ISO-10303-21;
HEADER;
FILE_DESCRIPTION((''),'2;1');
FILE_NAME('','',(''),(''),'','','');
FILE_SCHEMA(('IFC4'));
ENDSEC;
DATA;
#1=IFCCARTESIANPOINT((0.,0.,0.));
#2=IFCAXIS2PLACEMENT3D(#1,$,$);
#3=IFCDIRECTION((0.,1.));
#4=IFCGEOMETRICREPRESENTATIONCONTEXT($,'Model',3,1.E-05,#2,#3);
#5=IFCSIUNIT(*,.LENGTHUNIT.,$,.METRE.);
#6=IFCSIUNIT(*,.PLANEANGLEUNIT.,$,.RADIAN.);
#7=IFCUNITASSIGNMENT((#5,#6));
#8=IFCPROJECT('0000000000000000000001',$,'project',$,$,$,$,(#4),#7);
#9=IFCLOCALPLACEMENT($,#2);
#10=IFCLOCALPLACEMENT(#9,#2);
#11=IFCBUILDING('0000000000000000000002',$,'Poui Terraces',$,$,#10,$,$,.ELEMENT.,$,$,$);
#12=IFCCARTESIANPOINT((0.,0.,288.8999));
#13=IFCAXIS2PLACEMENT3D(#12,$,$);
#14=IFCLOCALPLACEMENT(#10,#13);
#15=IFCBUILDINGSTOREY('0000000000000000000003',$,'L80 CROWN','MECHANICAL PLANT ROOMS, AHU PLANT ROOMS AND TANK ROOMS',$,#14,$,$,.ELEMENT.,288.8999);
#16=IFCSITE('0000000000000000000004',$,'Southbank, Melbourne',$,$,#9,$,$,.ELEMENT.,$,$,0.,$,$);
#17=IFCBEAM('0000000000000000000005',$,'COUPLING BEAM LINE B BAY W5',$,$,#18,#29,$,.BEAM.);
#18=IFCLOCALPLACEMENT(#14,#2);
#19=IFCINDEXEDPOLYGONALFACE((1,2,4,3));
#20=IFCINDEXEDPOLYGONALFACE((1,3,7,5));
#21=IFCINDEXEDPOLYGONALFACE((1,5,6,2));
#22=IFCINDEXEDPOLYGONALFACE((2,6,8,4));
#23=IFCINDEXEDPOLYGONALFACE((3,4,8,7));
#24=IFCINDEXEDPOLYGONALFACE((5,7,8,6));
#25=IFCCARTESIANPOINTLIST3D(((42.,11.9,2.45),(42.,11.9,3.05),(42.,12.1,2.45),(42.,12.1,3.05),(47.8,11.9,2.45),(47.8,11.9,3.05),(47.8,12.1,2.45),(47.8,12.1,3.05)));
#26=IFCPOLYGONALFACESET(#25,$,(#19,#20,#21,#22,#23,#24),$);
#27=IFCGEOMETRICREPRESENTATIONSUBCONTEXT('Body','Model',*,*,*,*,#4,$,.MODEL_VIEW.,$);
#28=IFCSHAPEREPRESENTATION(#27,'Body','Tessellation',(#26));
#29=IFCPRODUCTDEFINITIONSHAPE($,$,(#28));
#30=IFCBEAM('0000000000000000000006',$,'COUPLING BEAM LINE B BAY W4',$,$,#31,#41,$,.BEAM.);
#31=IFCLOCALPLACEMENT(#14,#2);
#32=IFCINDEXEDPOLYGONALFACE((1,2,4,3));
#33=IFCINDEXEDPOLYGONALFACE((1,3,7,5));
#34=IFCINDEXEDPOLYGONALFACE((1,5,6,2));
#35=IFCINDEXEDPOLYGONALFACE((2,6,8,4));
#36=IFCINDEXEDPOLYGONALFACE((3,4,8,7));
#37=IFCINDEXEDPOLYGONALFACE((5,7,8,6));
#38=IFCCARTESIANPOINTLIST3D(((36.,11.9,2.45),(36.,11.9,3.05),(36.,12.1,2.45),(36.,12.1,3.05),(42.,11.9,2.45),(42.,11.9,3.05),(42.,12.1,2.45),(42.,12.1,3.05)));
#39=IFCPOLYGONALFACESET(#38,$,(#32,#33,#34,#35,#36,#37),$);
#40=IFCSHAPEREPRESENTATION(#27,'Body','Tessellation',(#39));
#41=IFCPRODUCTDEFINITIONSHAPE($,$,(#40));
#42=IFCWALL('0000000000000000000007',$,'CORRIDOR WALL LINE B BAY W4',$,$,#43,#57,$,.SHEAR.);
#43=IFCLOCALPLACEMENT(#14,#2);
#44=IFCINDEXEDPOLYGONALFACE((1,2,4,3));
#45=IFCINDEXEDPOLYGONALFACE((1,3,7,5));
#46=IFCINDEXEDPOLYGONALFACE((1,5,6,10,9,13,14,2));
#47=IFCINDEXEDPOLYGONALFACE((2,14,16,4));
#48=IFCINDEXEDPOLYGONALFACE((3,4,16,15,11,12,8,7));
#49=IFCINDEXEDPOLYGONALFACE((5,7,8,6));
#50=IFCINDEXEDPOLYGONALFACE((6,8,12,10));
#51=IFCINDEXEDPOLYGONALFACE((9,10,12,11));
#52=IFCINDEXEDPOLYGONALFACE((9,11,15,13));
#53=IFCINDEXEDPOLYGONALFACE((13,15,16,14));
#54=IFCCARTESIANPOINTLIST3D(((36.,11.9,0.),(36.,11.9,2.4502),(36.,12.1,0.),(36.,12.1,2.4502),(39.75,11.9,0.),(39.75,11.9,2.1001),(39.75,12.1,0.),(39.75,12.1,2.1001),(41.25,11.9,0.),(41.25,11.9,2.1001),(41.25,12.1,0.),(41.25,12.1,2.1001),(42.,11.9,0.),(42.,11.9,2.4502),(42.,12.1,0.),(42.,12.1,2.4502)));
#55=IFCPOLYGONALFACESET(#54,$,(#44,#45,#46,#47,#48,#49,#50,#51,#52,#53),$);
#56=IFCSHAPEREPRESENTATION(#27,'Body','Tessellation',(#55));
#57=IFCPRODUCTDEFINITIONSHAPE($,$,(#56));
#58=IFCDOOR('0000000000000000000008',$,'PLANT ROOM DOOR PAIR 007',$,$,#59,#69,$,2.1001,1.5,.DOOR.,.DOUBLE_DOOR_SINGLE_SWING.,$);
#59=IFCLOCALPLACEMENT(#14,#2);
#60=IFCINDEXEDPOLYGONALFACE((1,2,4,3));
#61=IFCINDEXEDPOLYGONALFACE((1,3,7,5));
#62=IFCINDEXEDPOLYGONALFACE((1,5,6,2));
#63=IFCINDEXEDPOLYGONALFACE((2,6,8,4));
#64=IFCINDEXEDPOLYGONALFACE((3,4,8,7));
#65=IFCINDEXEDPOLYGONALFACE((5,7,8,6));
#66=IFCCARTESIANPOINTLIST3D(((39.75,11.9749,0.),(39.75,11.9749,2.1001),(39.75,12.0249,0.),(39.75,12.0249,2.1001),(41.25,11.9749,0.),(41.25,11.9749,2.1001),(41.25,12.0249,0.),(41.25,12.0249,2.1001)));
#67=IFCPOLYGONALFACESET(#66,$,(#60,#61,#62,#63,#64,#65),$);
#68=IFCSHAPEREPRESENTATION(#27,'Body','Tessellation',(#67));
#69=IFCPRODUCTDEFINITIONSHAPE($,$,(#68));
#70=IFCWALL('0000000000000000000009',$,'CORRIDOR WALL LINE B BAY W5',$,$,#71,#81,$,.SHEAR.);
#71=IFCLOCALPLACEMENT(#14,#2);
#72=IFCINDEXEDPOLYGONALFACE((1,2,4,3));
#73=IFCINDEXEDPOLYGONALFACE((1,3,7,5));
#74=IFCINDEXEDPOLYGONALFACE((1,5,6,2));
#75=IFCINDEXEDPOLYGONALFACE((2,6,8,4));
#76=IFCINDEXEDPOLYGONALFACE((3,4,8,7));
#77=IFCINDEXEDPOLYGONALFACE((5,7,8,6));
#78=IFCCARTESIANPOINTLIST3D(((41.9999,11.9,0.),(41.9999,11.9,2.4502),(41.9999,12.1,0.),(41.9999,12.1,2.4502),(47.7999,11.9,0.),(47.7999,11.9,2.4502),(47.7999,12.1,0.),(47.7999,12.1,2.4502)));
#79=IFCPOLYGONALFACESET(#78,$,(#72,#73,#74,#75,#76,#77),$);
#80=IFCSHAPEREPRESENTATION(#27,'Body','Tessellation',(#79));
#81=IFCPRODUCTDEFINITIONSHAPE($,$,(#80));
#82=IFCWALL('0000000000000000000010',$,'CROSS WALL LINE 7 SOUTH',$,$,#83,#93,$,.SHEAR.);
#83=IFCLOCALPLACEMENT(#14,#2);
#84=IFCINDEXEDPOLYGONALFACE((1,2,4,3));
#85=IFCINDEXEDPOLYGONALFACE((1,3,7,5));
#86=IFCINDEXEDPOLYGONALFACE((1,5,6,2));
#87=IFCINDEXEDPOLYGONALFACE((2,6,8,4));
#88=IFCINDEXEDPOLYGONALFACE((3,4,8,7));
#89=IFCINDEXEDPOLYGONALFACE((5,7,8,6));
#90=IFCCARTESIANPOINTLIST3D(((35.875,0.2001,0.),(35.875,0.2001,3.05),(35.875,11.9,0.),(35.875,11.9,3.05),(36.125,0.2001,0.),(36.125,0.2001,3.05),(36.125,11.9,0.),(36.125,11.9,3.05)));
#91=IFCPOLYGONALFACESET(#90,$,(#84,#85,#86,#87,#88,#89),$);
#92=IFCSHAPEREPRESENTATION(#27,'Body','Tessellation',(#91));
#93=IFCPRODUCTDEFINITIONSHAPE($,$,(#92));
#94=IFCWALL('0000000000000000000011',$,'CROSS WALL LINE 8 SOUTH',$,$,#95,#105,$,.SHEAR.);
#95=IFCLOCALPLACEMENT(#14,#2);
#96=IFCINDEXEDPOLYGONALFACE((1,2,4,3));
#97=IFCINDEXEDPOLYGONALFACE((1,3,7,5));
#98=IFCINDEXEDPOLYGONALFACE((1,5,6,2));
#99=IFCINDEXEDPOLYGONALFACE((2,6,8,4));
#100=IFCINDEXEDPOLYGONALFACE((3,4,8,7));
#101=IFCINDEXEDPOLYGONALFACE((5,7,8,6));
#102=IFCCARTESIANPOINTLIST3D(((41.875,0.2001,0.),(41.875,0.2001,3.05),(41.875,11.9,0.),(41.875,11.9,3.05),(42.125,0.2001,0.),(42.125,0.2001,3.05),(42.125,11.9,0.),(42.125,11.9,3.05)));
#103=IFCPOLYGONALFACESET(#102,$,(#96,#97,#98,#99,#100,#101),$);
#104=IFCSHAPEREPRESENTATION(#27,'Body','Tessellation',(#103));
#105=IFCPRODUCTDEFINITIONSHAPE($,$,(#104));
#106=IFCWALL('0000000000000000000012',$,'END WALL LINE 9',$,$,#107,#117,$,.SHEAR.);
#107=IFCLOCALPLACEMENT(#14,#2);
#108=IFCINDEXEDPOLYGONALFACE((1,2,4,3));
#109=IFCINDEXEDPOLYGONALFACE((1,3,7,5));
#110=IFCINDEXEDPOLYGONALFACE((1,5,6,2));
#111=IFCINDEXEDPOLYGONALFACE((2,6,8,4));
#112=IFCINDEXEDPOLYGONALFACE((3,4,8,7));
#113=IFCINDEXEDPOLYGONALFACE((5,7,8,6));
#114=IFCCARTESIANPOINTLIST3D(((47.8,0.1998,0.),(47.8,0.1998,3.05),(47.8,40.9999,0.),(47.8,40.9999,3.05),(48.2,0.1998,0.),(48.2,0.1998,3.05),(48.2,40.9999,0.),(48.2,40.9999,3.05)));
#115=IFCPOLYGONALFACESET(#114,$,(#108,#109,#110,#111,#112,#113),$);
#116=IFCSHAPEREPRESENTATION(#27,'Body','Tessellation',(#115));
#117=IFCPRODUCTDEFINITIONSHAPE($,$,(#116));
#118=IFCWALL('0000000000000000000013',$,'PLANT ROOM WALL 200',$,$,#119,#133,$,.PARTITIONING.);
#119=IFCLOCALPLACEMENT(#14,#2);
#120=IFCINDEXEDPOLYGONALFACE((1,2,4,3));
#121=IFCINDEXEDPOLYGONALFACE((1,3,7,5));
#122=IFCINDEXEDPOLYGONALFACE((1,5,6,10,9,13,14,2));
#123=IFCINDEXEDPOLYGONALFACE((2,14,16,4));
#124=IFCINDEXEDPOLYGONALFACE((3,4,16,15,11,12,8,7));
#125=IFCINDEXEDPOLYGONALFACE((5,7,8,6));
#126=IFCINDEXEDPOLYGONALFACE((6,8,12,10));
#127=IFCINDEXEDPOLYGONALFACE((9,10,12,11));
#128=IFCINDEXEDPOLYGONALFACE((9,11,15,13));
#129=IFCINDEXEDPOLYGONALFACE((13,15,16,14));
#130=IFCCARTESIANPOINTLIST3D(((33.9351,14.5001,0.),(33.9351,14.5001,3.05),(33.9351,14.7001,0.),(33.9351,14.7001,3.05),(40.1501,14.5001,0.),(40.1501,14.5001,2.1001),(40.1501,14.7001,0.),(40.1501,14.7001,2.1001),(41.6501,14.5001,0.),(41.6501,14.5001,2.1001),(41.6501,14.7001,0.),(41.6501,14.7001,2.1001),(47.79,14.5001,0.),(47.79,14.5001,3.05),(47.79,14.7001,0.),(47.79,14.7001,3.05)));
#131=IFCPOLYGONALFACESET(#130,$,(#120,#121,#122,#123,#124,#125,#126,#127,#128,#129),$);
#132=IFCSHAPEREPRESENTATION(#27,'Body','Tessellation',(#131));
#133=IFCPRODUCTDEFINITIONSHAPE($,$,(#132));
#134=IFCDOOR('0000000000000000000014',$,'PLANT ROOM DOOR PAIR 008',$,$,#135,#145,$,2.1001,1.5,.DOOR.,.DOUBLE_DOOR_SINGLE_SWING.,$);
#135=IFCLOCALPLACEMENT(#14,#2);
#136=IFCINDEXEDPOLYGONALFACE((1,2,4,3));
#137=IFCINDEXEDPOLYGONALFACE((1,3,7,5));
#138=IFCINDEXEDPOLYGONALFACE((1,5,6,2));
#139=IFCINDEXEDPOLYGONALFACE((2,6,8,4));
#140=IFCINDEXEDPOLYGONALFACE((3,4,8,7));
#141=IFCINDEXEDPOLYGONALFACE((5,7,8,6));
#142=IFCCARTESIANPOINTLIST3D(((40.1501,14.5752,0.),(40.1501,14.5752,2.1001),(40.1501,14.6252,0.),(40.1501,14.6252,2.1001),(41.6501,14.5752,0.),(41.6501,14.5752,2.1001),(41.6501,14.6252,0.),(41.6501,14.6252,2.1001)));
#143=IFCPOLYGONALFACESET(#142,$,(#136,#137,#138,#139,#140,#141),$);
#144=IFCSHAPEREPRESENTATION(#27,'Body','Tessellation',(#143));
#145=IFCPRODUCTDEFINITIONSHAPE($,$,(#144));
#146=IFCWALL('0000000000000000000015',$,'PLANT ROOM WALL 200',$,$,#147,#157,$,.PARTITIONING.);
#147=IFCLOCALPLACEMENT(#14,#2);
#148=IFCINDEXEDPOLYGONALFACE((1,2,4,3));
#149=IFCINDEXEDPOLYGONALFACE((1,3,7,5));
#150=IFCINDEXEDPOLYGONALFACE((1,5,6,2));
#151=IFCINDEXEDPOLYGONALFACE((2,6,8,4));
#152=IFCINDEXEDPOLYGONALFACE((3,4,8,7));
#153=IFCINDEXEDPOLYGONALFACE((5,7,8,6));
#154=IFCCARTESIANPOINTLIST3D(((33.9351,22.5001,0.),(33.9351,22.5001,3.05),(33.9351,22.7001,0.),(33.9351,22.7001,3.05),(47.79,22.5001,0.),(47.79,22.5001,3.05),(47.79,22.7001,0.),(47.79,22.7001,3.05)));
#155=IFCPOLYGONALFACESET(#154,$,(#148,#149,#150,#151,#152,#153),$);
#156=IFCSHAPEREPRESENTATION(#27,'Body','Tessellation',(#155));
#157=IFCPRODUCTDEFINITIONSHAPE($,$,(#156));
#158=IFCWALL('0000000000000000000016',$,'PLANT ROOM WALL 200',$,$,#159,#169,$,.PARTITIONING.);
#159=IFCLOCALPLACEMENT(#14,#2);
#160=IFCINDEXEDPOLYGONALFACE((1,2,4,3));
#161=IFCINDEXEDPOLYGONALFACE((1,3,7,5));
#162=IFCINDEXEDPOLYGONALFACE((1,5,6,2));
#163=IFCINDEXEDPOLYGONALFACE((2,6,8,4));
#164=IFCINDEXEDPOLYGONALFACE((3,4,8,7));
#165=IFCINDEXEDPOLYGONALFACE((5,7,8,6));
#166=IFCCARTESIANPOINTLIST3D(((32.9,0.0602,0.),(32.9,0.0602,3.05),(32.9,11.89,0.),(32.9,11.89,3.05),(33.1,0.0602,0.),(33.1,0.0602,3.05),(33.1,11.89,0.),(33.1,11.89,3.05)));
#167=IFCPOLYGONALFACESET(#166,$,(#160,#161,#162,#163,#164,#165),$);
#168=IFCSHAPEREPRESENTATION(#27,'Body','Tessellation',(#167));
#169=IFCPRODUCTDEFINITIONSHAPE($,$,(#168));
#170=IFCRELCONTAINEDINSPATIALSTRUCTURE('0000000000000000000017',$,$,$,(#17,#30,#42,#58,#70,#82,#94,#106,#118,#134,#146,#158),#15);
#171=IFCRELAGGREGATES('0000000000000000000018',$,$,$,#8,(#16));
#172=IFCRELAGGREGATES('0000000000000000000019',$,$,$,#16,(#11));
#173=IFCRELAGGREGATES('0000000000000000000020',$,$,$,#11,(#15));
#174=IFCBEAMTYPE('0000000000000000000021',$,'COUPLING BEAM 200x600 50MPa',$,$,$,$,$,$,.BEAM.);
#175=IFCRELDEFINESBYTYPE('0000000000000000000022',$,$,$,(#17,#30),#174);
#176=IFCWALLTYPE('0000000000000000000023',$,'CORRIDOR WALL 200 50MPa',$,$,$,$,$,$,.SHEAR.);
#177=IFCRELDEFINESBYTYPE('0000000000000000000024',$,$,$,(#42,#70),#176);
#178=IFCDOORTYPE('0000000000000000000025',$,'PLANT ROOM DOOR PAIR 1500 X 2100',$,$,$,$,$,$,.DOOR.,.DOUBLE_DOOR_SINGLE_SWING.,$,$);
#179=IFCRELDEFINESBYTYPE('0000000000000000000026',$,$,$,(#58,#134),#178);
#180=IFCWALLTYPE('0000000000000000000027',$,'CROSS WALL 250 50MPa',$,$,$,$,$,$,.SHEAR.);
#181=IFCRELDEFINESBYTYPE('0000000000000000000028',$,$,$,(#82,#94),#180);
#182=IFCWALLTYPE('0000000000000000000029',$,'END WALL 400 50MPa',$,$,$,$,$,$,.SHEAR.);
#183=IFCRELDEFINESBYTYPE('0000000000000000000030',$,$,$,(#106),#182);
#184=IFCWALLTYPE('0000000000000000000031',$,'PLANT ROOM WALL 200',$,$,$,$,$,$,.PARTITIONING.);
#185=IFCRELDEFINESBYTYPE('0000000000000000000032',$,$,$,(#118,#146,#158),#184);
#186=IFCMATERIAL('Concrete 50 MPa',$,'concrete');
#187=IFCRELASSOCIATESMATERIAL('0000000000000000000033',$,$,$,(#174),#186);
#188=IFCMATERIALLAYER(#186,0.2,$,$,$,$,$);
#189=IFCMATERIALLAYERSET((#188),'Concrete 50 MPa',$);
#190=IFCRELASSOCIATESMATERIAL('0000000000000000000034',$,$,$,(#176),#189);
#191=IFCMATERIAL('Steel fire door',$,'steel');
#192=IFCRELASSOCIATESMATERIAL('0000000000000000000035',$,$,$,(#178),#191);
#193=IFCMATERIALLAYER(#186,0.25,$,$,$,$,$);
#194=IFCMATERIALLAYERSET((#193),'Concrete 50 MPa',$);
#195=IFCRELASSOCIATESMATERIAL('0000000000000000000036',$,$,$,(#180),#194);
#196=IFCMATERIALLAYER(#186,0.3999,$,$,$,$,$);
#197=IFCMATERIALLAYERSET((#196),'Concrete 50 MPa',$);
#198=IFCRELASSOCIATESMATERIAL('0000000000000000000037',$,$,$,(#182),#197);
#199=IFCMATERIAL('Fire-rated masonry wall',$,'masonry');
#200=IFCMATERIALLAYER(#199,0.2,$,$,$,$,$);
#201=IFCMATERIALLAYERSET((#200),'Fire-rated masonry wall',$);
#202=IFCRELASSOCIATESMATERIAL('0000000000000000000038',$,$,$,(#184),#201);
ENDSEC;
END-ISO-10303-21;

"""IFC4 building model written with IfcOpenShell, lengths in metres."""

from ifc_helpers import new_model, si_unit, direction, frame, frame_2d, origin, origin_2d, place, context, subcontext, project, spatial, rectangle, extrude, source, transform, mapped, material, layer, layer_set, material_profile, profile_set, type_object, element, fill, save


model = new_model("IFC4")

# Units and contexts
model_context = context("Model", 3, precision=1e-05, world=origin(), true_north=direction((0.0, 1.0)))
body_context = subcontext(model_context, "Body", "Model", "MODEL_VIEW")
ifc_project = project(units=[si_unit("LENGTHUNIT", "METRE"), si_unit("PLANEANGLEUNIT", "RADIAN")], contexts=[model_context])

# Site, building, storey
site_placement = place(None, origin())
site = spatial("IfcSite", under=ifc_project, at=site_placement, Name="Southbank, Melbourne", CompositionType="ELEMENT", RefElevation=0.0)
building_placement = place(site_placement, origin())
building = spatial("IfcBuilding", under=site, at=building_placement, Name="Poui Terraces", CompositionType="ELEMENT")
storey_placement = place(building_placement, frame((0.0, 0.0, 288.8999)))
storey = spatial("IfcBuildingStorey", under=building, at=storey_placement, Name="L80 CROWN", Description="MECHANICAL PLANT ROOMS, AHU PLANT ROOMS AND TANK ROOMS", CompositionType="ELEMENT", Elevation=288.8999)

# Beams
ifc_material_1 = material(Name="Concrete 50 MPa", Category="concrete")
ifc_material_profile_1 = material_profile(ifc_material_1, rectangle(XDim=0.2, YDim=0.6001, at=origin_2d()), Name="RC 200x600")
ifc_profile_set_1 = profile_set([ifc_material_profile_1], Name="Concrete 50 MPa")
beam_type = type_object("IfcBeamType", Name="COUPLING BEAM 200x600 50MPa", PredefinedType="BEAM", material=ifc_profile_set_1)
shared_shape_1 = source(origin(), body_context, "Body", "SweptSolid", [
    extrude(rectangle(XDim=0.2, YDim=0.6001, at=origin_2d()), origin(), (0.0, 0.0, 1.0), 5.8),
])
beam_1_placement = place(storey_placement, frame((42.0, 12.0, 2.75), z_axis=(1.0, 0.0, 0.0), x_axis=(0.0, 1.0, 0.0)))
element("IfcBeam", 1, at=beam_1_placement, inside=storey, type_object=beam_type, Name="COUPLING BEAM LINE B BAY W5", PredefinedType="BEAM", context=body_context, shape_type="MappedRepresentation", body=[
    mapped(shared_shape_1, transform((0.0, 0.0, 0.0))),
])
shared_shape_2 = source(origin(), body_context, "Body", "SweptSolid", [
    extrude(rectangle(XDim=0.2, YDim=0.6001, at=origin_2d()), origin(), (0.0, 0.0, 1.0), 6.0),
])
beam_2_placement = place(storey_placement, frame((36.0, 12.0, 2.75), z_axis=(1.0, 0.0, 0.0), x_axis=(0.0, 1.0, 0.0)))
element("IfcBeam", 2, at=beam_2_placement, inside=storey, type_object=beam_type, Name="COUPLING BEAM LINE B BAY W4", PredefinedType="BEAM", context=body_context, shape_type="MappedRepresentation", body=[
    mapped(shared_shape_2, transform((0.0, 0.0, 0.0))),
])

# Wall, opening, door
ifc_layer_1 = layer(ifc_material_1, 0.2)
ifc_layer_set_1 = layer_set([ifc_layer_1], Name="Concrete 50 MPa")
wall_type_1 = type_object("IfcWallType", Name="CORRIDOR WALL 200 50MPa", PredefinedType="SHEAR", material=ifc_layer_set_1)
wall_1_placement = place(storey_placement, frame((36.0, 12.0, 0.0), z_axis=(0.0, 0.0, 1.0), x_axis=(1.0, 0.0, 0.0)))
wall_1 = element("IfcWall", 3, at=wall_1_placement, inside=storey, type_object=wall_type_1, Name="CORRIDOR WALL LINE B BAY W4", PredefinedType="SHEAR", context=body_context, shape_type="SweptSolid", body=[
    extrude(rectangle(XDim=6.0, YDim=0.2, at=frame_2d((3.0, 0.0))), origin(), (0.0, 0.0, 1.0), 2.4502),
])
opening_1_placement = place(wall_1_placement, frame((3.75, 0.0, 0.0)))
opening_1 = element("IfcOpeningElement", 4, at=opening_1_placement, cuts=wall_1, PredefinedType="OPENING", context=body_context, shape_type="SweptSolid", body=[
    extrude(rectangle(XDim=1.5, YDim=2.1001, at=frame_2d((0.75, 1.05))), frame((0.0, 0.1099, 0.0), z_axis=(0.0, -1.0, 0.0), x_axis=(1.0, 0.0, 0.0)), (0.0, 0.0, 1.0), 0.22),
])
ifc_material_2 = material(Name="Steel fire door", Category="steel")
door_type_1 = type_object("IfcDoorType", Name="PLANT ROOM DOOR PAIR 1500 X 2100", OperationType="DOUBLE_DOOR_SINGLE_SWING", PredefinedType="DOOR", material=ifc_material_2)
door_1_placement = place(opening_1_placement, origin())
door_1 = element("IfcDoor", 5, at=door_1_placement, inside=storey, type_object=door_type_1, Name="PLANT ROOM DOOR PAIR 007", OperationType="DOUBLE_DOOR_SINGLE_SWING", OverallHeight=2.1001, OverallWidth=1.5, PredefinedType="DOOR", context=body_context, shape_type="SweptSolid", body=[
    extrude(rectangle(XDim=1.5, YDim=2.1001, at=frame_2d((0.75, 1.05))), frame((0.0, 0.0249, 0.0), z_axis=(0.0, -1.0, 0.0), x_axis=(1.0, 0.0, 0.0)), (0.0, 0.0, 1.0), 0.05),
])
fill(opening_1, door_1)

# Walls
wall_2_placement = place(storey_placement, frame((42.0, 12.0, 0.0), z_axis=(0.0, 0.0, 1.0), x_axis=(1.0, 0.0, 0.0)))
element("IfcWall", 6, at=wall_2_placement, inside=storey, type_object=wall_type_1, Name="CORRIDOR WALL LINE B BAY W5", PredefinedType="SHEAR", context=body_context, shape_type="SweptSolid", body=[
    extrude(rectangle(XDim=5.8, YDim=0.2, at=frame_2d((2.8999, 0.0))), origin(), (0.0, 0.0, 1.0), 2.4502),
])
ifc_layer_2 = layer(ifc_material_1, 0.25)
ifc_layer_set_2 = layer_set([ifc_layer_2], Name="Concrete 50 MPa")
wall_type_2 = type_object("IfcWallType", Name="CROSS WALL 250 50MPa", PredefinedType="SHEAR", material=ifc_layer_set_2)
for number, where, z_axis, x_axis, name in (
    (7, (36.0, 0.2, 0.0), (0.0, 0.0, 1.0), (0.0, 1.0, 0.0), "CROSS WALL LINE 7 SOUTH"),
    (8, (42.0, 0.2, 0.0), (0.0, 0.0, 1.0), (0.0, 1.0, 0.0), "CROSS WALL LINE 8 SOUTH"),
):
    element("IfcWall", number, at=place(storey_placement, frame(where, z_axis=z_axis, x_axis=x_axis)), inside=storey, type_object=wall_type_2, Name=name, PredefinedType="SHEAR", context=body_context, shape_type="SweptSolid", body=[
        extrude(rectangle(XDim=11.7, YDim=0.25, at=frame_2d((5.8501, 0.0))), origin(), (0.0, 0.0, 1.0), 3.05),
    ])
ifc_layer_3 = layer(ifc_material_1, 0.3999)
ifc_layer_set_3 = layer_set([ifc_layer_3], Name="Concrete 50 MPa")
wall_type_3 = type_object("IfcWallType", Name="END WALL 400 50MPa", PredefinedType="SHEAR", material=ifc_layer_set_3)
wall_3_placement = place(storey_placement, frame((48.0, 0.2, 0.0), z_axis=(0.0, 0.0, 1.0), x_axis=(0.0, 1.0, 0.0)))
element("IfcWall", 9, at=wall_3_placement, inside=storey, type_object=wall_type_3, Name="END WALL LINE 9", PredefinedType="SHEAR", context=body_context, shape_type="SweptSolid", body=[
    extrude(rectangle(XDim=40.8, YDim=0.3999, at=frame_2d((20.3999, 0.0))), origin(), (0.0, 0.0, 1.0), 3.05),
])

# Wall, opening, door
ifc_material_3 = material(Name="Fire-rated masonry wall", Category="masonry")
ifc_layer_4 = layer(ifc_material_3, 0.2)
ifc_layer_set_4 = layer_set([ifc_layer_4], Name="Fire-rated masonry wall")
wall_type_4 = type_object("IfcWallType", Name="PLANT ROOM WALL 200", PredefinedType="PARTITIONING", material=ifc_layer_set_4)
wall_4_placement = place(storey_placement, frame((33.9351, 14.6001, 0.0), z_axis=(0.0, 0.0, 1.0), x_axis=(1.0, 0.0, 0.0)))
wall_4 = element("IfcWall", 10, at=wall_4_placement, inside=storey, type_object=wall_type_4, Name="PLANT ROOM WALL 200", PredefinedType="PARTITIONING", context=body_context, shape_type="SweptSolid", body=[
    extrude(rectangle(XDim=13.855, YDim=0.2, at=frame_2d((6.9275, 0.0))), origin(), (0.0, 0.0, 1.0), 3.05),
])
opening_2_placement = place(wall_4_placement, frame((6.2151, 0.0, 0.0)))
opening_2 = element("IfcOpeningElement", 11, at=opening_2_placement, cuts=wall_4, PredefinedType="OPENING", context=body_context, shape_type="SweptSolid", body=[
    extrude(rectangle(XDim=1.5, YDim=2.1001, at=frame_2d((0.75, 1.05))), frame((0.0, 0.1099, 0.0), z_axis=(0.0, -1.0, 0.0), x_axis=(1.0, 0.0, 0.0)), (0.0, 0.0, 1.0), 0.22),
])
door_2_placement = place(opening_2_placement, frame((1.5, 0.0, 0.0), z_axis=(0.0, 0.0, 1.0), x_axis=(-1.0, 0.0, 0.0)))
door_2 = element("IfcDoor", 12, at=door_2_placement, inside=storey, type_object=door_type_1, Name="PLANT ROOM DOOR PAIR 008", OperationType="DOUBLE_DOOR_SINGLE_SWING", OverallHeight=2.1001, OverallWidth=1.5, PredefinedType="DOOR", context=body_context, shape_type="SweptSolid", body=[
    extrude(rectangle(XDim=1.5, YDim=2.1001, at=frame_2d((0.75, 1.05))), frame((0.0, 0.0249, 0.0), z_axis=(0.0, -1.0, 0.0), x_axis=(1.0, 0.0, 0.0)), (0.0, 0.0, 1.0), 0.05),
])
fill(opening_2, door_2)

# Walls
wall_5_placement = place(storey_placement, frame((33.9351, 22.6001, 0.0), z_axis=(0.0, 0.0, 1.0), x_axis=(1.0, 0.0, 0.0)))
element("IfcWall", 13, at=wall_5_placement, inside=storey, type_object=wall_type_4, Name="PLANT ROOM WALL 200", PredefinedType="PARTITIONING", context=body_context, shape_type="SweptSolid", body=[
    extrude(rectangle(XDim=13.855, YDim=0.2, at=frame_2d((6.9275, 0.0))), origin(), (0.0, 0.0, 1.0), 3.05),
])
wall_6_placement = place(storey_placement, frame((33.0, 0.0601, 0.0), z_axis=(0.0, 0.0, 1.0), x_axis=(0.0, 1.0, 0.0)))
element("IfcWall", 14, at=wall_6_placement, inside=storey, type_object=wall_type_4, Name="PLANT ROOM WALL 200", PredefinedType="PARTITIONING", context=body_context, shape_type="SweptSolid", body=[
    extrude(rectangle(XDim=11.8298, YDim=0.2, at=frame_2d((5.915, 0.0))), origin(), (0.0, 0.0, 1.0), 3.05),
])

save(model, "model.ifc")
